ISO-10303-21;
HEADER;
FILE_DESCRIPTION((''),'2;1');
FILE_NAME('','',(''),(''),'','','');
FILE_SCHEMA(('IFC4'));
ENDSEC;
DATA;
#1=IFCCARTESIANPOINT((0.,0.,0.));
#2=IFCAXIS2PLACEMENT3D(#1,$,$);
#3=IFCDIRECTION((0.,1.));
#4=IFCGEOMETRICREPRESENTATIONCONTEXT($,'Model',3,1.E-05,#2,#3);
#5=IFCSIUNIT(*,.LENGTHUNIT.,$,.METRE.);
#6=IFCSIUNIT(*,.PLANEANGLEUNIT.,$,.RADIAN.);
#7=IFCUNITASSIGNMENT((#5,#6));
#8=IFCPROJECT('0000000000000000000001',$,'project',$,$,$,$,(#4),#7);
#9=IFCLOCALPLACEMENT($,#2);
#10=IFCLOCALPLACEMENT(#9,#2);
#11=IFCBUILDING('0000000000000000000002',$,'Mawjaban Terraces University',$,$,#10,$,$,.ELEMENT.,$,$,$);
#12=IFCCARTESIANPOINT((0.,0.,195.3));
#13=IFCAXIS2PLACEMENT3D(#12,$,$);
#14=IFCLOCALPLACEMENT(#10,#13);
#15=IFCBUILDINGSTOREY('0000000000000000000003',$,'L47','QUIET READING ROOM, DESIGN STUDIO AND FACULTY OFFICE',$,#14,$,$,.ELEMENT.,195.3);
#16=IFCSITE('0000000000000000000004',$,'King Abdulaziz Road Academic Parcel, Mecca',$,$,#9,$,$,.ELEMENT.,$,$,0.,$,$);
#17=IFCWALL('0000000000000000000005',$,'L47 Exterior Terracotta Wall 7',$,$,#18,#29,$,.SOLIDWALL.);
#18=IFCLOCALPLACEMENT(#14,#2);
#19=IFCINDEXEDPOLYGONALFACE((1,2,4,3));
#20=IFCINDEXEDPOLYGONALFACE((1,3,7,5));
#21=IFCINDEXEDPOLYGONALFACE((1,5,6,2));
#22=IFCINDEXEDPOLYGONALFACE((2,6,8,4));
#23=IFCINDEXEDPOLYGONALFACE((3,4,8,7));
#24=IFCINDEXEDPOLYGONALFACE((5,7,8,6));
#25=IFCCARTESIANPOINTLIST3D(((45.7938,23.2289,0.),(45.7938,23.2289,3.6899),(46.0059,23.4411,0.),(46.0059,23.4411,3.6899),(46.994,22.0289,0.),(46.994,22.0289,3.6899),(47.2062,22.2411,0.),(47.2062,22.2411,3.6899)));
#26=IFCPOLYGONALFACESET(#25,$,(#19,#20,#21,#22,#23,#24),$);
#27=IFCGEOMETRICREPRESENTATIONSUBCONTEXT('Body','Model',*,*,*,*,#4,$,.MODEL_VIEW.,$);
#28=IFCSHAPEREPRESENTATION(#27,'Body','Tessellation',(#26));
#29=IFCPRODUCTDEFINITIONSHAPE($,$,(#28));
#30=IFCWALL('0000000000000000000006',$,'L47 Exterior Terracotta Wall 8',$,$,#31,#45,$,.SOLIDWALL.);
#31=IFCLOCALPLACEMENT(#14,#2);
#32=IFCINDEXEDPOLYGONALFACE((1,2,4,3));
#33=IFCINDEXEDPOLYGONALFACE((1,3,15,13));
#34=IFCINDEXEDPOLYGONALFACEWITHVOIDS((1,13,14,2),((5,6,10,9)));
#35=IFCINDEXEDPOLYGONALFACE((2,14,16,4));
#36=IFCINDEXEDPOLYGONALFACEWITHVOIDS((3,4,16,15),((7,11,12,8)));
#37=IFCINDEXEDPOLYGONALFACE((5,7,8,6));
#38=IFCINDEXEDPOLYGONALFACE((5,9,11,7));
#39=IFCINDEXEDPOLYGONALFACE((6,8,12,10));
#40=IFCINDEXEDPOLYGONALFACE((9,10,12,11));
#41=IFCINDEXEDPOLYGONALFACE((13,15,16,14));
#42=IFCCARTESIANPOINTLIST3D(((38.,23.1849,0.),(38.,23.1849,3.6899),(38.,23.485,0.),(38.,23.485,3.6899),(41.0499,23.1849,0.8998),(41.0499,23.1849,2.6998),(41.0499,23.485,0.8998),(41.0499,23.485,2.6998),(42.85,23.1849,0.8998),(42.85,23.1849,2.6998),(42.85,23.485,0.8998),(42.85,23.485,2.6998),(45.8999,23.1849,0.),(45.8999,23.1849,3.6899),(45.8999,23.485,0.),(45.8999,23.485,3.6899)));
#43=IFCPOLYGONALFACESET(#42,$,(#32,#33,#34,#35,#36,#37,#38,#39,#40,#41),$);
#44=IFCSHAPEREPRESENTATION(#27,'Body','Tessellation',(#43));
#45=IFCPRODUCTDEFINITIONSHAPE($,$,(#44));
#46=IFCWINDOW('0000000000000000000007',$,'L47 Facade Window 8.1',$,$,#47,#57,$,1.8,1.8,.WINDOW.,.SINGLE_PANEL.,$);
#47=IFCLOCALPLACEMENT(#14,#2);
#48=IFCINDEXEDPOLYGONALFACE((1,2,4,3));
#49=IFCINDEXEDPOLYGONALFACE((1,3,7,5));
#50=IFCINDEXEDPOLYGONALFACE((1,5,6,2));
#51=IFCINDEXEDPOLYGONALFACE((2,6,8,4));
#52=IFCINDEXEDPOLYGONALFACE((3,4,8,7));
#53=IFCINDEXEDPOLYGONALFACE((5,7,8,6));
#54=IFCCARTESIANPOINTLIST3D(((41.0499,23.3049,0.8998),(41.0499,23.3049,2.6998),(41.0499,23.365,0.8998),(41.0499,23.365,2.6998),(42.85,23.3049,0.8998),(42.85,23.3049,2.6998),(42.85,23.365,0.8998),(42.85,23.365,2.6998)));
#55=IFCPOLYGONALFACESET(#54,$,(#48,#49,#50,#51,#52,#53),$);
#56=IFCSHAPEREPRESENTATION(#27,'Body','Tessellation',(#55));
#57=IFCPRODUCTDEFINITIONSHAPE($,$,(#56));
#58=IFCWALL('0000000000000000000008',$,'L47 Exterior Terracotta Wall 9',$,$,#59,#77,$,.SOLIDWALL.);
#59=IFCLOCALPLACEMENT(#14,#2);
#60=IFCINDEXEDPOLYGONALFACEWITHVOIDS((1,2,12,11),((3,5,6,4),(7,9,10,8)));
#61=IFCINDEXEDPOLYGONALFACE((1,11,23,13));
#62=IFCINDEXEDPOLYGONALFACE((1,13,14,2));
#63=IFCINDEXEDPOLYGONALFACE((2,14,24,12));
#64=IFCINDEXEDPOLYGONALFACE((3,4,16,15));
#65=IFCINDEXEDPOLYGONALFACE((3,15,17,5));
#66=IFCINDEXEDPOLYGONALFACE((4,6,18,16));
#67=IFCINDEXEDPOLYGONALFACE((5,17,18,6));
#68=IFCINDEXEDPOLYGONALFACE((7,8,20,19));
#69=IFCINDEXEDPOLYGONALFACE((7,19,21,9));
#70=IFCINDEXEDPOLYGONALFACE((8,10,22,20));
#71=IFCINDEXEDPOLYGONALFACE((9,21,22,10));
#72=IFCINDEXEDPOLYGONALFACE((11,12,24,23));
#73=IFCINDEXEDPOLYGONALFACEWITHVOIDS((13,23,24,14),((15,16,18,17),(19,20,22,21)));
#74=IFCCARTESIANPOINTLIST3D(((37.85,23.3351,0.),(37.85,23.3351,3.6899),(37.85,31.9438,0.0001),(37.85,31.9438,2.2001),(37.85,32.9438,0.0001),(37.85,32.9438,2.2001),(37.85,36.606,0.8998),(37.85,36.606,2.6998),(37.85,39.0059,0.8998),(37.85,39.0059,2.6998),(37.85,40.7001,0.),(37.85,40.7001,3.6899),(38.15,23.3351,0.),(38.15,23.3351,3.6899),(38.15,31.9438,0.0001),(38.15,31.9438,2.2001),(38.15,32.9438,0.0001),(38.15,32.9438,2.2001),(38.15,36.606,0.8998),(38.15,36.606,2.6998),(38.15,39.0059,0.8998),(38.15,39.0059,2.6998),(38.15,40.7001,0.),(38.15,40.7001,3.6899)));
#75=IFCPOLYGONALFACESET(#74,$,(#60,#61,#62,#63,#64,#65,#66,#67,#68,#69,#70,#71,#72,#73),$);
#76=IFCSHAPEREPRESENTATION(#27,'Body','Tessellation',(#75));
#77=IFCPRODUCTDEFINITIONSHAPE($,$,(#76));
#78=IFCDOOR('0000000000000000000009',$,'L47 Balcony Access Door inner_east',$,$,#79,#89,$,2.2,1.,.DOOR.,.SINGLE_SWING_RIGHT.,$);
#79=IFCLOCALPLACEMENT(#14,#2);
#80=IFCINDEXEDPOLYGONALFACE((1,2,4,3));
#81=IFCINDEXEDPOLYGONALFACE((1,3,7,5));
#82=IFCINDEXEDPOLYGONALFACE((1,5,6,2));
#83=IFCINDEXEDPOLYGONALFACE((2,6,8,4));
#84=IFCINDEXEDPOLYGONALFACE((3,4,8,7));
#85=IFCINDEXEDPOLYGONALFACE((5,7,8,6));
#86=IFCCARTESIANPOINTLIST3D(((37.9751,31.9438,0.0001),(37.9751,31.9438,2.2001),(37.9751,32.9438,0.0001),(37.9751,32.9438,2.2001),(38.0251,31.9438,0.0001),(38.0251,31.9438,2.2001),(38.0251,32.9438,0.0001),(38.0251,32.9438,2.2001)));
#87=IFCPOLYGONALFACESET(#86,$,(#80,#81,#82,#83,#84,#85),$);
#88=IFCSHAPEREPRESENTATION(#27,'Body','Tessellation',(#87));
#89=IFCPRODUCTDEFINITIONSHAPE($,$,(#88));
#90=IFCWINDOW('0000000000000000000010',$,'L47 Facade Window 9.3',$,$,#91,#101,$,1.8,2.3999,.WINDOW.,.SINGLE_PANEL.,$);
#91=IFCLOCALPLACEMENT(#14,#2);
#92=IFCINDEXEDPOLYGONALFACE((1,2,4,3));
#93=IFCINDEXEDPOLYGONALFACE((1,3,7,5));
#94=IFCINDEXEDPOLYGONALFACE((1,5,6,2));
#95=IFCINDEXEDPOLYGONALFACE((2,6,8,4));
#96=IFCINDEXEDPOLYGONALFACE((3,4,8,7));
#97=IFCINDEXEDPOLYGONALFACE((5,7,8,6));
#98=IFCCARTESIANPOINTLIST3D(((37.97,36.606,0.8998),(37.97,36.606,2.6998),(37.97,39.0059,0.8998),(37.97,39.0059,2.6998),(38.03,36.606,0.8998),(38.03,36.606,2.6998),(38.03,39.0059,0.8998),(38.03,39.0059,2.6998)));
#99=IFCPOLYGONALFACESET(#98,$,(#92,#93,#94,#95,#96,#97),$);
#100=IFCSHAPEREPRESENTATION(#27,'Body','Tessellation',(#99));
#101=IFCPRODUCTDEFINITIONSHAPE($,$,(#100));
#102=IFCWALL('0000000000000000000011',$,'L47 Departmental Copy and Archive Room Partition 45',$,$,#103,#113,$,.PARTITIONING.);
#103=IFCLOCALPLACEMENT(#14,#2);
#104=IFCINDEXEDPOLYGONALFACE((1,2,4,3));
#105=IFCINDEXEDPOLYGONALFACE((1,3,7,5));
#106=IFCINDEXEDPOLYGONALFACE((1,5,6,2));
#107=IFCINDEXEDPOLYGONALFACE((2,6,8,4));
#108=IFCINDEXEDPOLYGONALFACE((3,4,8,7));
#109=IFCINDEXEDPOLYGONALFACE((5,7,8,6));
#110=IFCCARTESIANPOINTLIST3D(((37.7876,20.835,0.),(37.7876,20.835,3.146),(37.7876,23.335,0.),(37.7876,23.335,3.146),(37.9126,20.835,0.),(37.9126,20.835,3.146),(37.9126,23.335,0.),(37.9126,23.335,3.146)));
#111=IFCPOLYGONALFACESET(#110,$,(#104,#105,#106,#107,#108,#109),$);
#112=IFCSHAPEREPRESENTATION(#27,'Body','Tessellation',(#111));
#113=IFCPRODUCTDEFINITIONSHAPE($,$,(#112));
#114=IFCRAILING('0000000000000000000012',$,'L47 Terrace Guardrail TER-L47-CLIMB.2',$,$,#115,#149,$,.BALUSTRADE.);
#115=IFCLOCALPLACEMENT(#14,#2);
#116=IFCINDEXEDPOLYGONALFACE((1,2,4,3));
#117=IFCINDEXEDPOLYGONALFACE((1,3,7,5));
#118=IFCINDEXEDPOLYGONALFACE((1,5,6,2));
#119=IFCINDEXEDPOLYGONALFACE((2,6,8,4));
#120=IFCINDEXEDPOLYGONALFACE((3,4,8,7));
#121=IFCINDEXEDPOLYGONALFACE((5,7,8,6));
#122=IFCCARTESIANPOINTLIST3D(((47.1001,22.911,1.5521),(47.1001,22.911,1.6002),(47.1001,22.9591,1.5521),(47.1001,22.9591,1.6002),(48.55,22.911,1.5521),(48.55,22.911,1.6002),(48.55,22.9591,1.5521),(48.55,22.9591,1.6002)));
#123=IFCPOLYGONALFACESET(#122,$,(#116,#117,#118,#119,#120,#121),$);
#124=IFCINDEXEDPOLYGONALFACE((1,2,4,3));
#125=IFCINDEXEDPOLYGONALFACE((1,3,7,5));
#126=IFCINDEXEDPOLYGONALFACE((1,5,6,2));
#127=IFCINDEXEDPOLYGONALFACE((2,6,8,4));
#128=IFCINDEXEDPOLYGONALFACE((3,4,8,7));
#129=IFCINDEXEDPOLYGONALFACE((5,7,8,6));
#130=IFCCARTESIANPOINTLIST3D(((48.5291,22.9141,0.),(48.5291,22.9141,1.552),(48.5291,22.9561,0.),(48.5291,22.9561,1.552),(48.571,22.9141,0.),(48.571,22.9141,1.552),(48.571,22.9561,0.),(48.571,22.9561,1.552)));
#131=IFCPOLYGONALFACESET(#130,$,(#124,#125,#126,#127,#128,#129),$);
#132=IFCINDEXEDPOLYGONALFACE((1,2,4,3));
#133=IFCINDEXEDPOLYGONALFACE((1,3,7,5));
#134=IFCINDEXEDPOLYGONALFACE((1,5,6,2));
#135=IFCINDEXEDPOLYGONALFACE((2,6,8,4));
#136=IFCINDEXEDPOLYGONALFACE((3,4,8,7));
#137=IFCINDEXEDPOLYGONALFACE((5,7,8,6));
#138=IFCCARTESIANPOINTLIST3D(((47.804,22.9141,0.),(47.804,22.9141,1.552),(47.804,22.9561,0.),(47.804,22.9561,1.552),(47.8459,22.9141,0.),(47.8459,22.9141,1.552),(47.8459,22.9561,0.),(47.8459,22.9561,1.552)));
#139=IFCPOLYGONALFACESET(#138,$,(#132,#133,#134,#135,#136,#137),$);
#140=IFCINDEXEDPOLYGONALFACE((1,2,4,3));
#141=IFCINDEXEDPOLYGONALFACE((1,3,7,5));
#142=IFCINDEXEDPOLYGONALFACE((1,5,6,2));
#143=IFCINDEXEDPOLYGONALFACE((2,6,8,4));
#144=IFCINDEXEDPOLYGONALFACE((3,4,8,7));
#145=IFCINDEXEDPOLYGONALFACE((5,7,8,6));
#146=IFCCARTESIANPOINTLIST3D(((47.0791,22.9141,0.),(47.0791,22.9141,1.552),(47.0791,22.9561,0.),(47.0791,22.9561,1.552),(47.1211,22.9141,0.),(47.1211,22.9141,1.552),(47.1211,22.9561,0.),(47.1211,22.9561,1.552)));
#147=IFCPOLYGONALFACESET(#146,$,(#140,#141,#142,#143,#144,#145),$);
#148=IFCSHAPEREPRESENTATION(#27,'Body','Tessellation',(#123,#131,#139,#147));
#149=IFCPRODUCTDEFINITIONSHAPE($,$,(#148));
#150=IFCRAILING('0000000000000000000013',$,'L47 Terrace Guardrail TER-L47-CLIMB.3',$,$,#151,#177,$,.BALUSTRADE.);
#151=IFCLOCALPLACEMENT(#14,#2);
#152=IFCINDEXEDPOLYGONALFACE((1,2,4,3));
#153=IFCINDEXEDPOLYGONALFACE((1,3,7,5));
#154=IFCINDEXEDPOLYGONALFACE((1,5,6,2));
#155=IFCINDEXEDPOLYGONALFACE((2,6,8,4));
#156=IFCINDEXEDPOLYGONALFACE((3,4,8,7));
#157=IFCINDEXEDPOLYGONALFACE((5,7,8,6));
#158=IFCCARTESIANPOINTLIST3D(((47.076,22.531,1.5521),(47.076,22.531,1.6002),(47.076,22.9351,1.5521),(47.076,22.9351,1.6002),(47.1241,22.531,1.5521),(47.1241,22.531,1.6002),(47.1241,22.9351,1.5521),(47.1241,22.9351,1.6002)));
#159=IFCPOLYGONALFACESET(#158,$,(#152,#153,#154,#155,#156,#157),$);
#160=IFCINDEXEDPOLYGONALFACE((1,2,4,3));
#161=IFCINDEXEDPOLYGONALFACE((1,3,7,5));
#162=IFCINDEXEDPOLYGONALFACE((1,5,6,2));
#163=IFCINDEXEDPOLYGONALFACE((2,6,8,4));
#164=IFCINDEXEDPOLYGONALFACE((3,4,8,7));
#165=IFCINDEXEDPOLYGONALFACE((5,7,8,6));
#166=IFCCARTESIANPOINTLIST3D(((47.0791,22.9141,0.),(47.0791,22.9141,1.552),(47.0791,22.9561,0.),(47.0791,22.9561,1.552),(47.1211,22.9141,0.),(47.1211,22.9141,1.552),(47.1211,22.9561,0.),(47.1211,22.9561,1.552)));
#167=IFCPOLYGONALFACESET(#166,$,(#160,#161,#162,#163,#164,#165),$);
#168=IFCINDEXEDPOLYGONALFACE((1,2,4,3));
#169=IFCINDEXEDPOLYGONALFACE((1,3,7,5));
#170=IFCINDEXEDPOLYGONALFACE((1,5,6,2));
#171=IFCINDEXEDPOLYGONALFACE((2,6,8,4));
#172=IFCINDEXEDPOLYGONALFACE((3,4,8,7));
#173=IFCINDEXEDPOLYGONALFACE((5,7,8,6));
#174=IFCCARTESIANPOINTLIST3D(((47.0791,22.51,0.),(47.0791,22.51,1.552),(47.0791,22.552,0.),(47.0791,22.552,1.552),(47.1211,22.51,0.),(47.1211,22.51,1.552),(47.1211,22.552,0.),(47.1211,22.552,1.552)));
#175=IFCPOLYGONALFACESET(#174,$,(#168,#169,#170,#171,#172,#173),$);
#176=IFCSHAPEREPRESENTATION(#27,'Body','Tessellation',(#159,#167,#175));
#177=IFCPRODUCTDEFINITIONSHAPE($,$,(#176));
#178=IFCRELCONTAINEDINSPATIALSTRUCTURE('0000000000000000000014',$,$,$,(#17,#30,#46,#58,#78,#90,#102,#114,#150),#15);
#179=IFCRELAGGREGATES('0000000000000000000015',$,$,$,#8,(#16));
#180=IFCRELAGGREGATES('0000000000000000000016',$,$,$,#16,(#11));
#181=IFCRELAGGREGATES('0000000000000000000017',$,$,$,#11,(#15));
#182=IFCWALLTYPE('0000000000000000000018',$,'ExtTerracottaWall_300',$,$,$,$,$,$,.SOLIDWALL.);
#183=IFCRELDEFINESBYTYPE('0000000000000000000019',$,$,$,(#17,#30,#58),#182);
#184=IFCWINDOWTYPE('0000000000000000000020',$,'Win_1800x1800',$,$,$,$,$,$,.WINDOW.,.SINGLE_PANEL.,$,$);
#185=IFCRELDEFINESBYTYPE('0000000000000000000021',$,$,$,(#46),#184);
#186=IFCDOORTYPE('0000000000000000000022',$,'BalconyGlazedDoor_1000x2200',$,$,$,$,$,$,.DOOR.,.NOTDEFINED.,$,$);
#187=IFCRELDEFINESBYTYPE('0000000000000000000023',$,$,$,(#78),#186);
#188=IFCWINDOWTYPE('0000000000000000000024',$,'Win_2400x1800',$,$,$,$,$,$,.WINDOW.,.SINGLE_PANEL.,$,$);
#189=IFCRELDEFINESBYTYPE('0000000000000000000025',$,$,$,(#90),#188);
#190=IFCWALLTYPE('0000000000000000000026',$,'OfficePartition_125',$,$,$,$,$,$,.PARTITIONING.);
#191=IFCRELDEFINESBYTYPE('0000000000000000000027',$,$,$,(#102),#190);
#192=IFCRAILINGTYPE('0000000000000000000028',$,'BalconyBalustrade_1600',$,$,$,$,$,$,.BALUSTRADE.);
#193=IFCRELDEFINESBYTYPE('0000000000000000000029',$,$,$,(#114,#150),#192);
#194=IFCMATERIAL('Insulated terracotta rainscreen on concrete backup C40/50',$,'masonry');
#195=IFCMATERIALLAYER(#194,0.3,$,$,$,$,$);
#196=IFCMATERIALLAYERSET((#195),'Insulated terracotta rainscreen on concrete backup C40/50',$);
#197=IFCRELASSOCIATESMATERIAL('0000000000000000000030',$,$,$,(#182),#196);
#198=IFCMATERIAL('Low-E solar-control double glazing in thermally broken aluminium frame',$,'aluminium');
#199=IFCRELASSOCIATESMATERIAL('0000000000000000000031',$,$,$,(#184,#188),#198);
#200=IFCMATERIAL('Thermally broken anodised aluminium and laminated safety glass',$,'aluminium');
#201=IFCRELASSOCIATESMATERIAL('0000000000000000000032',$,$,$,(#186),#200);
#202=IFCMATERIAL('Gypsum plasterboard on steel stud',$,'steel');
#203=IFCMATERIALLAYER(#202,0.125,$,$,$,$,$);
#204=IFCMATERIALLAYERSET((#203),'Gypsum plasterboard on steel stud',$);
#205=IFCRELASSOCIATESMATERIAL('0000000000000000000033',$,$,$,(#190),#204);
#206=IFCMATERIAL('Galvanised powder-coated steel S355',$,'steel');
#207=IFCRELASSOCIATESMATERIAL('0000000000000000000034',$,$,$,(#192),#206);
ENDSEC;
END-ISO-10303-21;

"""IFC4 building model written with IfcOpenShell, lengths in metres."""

from ifc_helpers import new_model, si_unit, direction, frame, frame_2d, origin, origin_2d, place, context, subcontext, project, spatial, rectangle, extrude, material, layer, layer_set, type_object, element, fill, save


model = new_model("IFC4")

# Units and contexts
model_context = context("Model", 3, precision=1e-05, world=origin(), true_north=direction((0.0, 1.0)))
body_context = subcontext(model_context, "Body", "Model", "MODEL_VIEW")
ifc_project = project(units=[si_unit("LENGTHUNIT", "METRE"), si_unit("PLANEANGLEUNIT", "RADIAN")], contexts=[model_context])

# Site, building, storey
site_placement = place(None, origin())
site = spatial("IfcSite", under=ifc_project, at=site_placement, Name="King Abdulaziz Road Academic Parcel, Mecca", CompositionType="ELEMENT", RefElevation=0.0)
building_placement = place(site_placement, origin())
building = spatial("IfcBuilding", under=site, at=building_placement, Name="Mawjaban Terraces University", CompositionType="ELEMENT")
storey_placement = place(building_placement, frame((0.0, 0.0, 195.3)))
storey = spatial("IfcBuildingStorey", under=building, at=storey_placement, Name="L47", Description="QUIET READING ROOM, DESIGN STUDIO AND FACULTY OFFICE", CompositionType="ELEMENT", Elevation=195.3)

# Wall
ifc_material_1 = material(Name="Insulated terracotta rainscreen on concrete backup C40/50", Category="masonry")
ifc_layer_1 = layer(ifc_material_1, 0.3)
ifc_layer_set_1 = layer_set([ifc_layer_1], Name="Insulated terracotta rainscreen on concrete backup C40/50")
wall_type_1 = type_object("IfcWallType", Name="ExtTerracottaWall_300", PredefinedType="SOLIDWALL", material=ifc_layer_set_1)
wall_1_placement = place(storey_placement, frame((47.1001, 22.135, 0.0), z_axis=(0.0, 0.0, 1.0), x_axis=(-0.707179, 0.707035, 0.0)))
element("IfcWall", 1, at=wall_1_placement, inside=storey, type_object=wall_type_1, Name="L47 Exterior Terracotta Wall 7", PredefinedType="SOLIDWALL", context=body_context, shape_type="SweptSolid", body=[
    extrude(rectangle(XDim=1.6973, YDim=0.3, at=frame_2d((0.8486, 0.0))), origin(), (0.0, 0.0, 1.0), 3.6899),
])

# Wall, opening, window
wall_2_placement = place(storey_placement, frame((45.8999, 23.335, 0.0), z_axis=(0.0, 0.0, 1.0), x_axis=(-1.0, 0.0, 0.0)))
wall_2 = element("IfcWall", 2, at=wall_2_placement, inside=storey, type_object=wall_type_1, Name="L47 Exterior Terracotta Wall 8", PredefinedType="SOLIDWALL", context=body_context, shape_type="SweptSolid", body=[
    extrude(rectangle(XDim=7.8999, YDim=0.3, at=frame_2d((3.95, 0.0))), origin(), (0.0, 0.0, 1.0), 3.6899),
])
opening_1_placement = place(wall_2_placement, frame((3.05, 0.0, 0.8999)))
opening_1 = element("IfcOpeningElement", 3, at=opening_1_placement, cuts=wall_2, PredefinedType="OPENING", context=body_context, shape_type="SweptSolid", body=[
    extrude(rectangle(XDim=1.8, YDim=1.8, at=frame_2d((0.8999, 0.8999))), frame((0.0, 0.1599, 0.0), z_axis=(0.0, -1.0, 0.0), x_axis=(1.0, 0.0, 0.0)), (0.0, 0.0, 1.0), 0.3201),
])
ifc_material_2 = material(Name="Low-E solar-control double glazing in thermally broken aluminium frame", Category="aluminium")
window_type_1 = type_object("IfcWindowType", Name="Win_1800x1800", PartitioningType="SINGLE_PANEL", PredefinedType="WINDOW", material=ifc_material_2)
window_1_placement = place(opening_1_placement, origin())
window_1 = element("IfcWindow", 4, at=window_1_placement, inside=storey, type_object=window_type_1, Name="L47 Facade Window 8.1", OverallHeight=1.8, OverallWidth=1.8, PartitioningType="SINGLE_PANEL", PredefinedType="WINDOW", context=body_context, shape_type="SweptSolid", body=[
    extrude(rectangle(XDim=1.8, YDim=1.8, at=frame_2d((0.8999, 0.8999))), frame((0.0, 0.03, 0.0), z_axis=(0.0, -1.0, 0.0), x_axis=(1.0, 0.0, 0.0)), (0.0, 0.0, 1.0), 0.0601),
])
fill(opening_1, window_1)

# Wall, openings, door, window
wall_3_placement = place(storey_placement, frame((38.0, 23.335, 0.0), z_axis=(0.0, 0.0, 1.0), x_axis=(0.0, 1.0, 0.0)))
wall_3 = element("IfcWall", 5, at=wall_3_placement, inside=storey, type_object=wall_type_1, Name="L47 Exterior Terracotta Wall 9", PredefinedType="SOLIDWALL", context=body_context, shape_type="SweptSolid", body=[
    extrude(rectangle(XDim=17.365, YDim=0.3, at=frame_2d((8.6826, 0.0))), origin(), (0.0, 0.0, 1.0), 3.6899),
])
opening_2_placement = place(wall_3_placement, frame((8.6089, 0.0, 0.0)))
opening_2 = element("IfcOpeningElement", 6, at=opening_2_placement, cuts=wall_3, PredefinedType="OPENING", context=body_context, shape_type="SweptSolid", body=[
    extrude(rectangle(XDim=1.0, YDim=2.2, at=frame_2d((0.5, 1.1001))), frame((0.0, 0.1599, 0.0), z_axis=(0.0, -1.0, 0.0), x_axis=(1.0, 0.0, 0.0)), (0.0, 0.0, 1.0), 0.3201),
])
opening_3_placement = place(wall_3_placement, frame((13.271, 0.0, 0.8999)))
opening_3 = element("IfcOpeningElement", 7, at=opening_3_placement, cuts=wall_3, PredefinedType="OPENING", context=body_context, shape_type="SweptSolid", body=[
    extrude(rectangle(XDim=2.3999, YDim=1.8, at=frame_2d((1.2, 0.8999))), frame((0.0, 0.1599, 0.0), z_axis=(0.0, -1.0, 0.0), x_axis=(1.0, 0.0, 0.0)), (0.0, 0.0, 1.0), 0.3201),
])
ifc_material_3 = material(Name="Thermally broken anodised aluminium and laminated safety glass", Category="aluminium")
door_type_1 = type_object("IfcDoorType", Name="BalconyGlazedDoor_1000x2200", OperationType="NOTDEFINED", PredefinedType="DOOR", material=ifc_material_3)
door_1_placement = place(opening_2_placement, origin())
door_1 = element("IfcDoor", 8, at=door_1_placement, inside=storey, type_object=door_type_1, Name="L47 Balcony Access Door inner_east", OperationType="SINGLE_SWING_RIGHT", OverallHeight=2.2, OverallWidth=1.0, PredefinedType="DOOR", context=body_context, shape_type="SweptSolid", body=[
    extrude(rectangle(XDim=1.0, YDim=2.2, at=frame_2d((0.5, 1.1001))), frame((0.0, 0.0249, 0.0), z_axis=(0.0, -1.0, 0.0), x_axis=(1.0, 0.0, 0.0)), (0.0, 0.0, 1.0), 0.05),
])
fill(opening_2, door_1)
window_type_2 = type_object("IfcWindowType", Name="Win_2400x1800", PartitioningType="SINGLE_PANEL", PredefinedType="WINDOW", material=ifc_material_2)
window_2_placement = place(opening_3_placement, origin())
window_2 = element("IfcWindow", 9, at=window_2_placement, inside=storey, type_object=window_type_2, Name="L47 Facade Window 9.3", OverallHeight=1.8, OverallWidth=2.3999, PartitioningType="SINGLE_PANEL", PredefinedType="WINDOW", context=body_context, shape_type="SweptSolid", body=[
    extrude(rectangle(XDim=2.3999, YDim=1.8, at=frame_2d((1.2, 0.8999))), frame((0.0, 0.03, 0.0), z_axis=(0.0, -1.0, 0.0), x_axis=(1.0, 0.0, 0.0)), (0.0, 0.0, 1.0), 0.0601),
])
fill(opening_3, window_2)

# Wall
ifc_material_4 = material(Name="Gypsum plasterboard on steel stud", Category="steel")
ifc_layer_2 = layer(ifc_material_4, 0.125)
ifc_layer_set_2 = layer_set([ifc_layer_2], Name="Gypsum plasterboard on steel stud")
wall_type_2 = type_object("IfcWallType", Name="OfficePartition_125", PredefinedType="PARTITIONING", material=ifc_layer_set_2)
wall_4_placement = place(storey_placement, frame((37.8501, 20.835, 0.0), z_axis=(0.0, 0.0, 1.0), x_axis=(0.0, 1.0, 0.0)))
element("IfcWall", 10, at=wall_4_placement, inside=storey, type_object=wall_type_2, Name="L47 Departmental Copy and Archive Room Partition 45", PredefinedType="PARTITIONING", context=body_context, shape_type="SweptSolid", body=[
    extrude(rectangle(XDim=2.5, YDim=0.125, at=frame_2d((1.25, 0.0))), origin(), (0.0, 0.0, 1.0), 3.146),
])

# Railings
ifc_material_5 = material(Name="Galvanised powder-coated steel S355", Category="steel")
railing_type = type_object("IfcRailingType", Name="BalconyBalustrade_1600", PredefinedType="BALUSTRADE", material=ifc_material_5)
railing_1_placement = place(storey_placement, frame((48.55, 22.9351, 0.0)))
element("IfcRailing", 11, at=railing_1_placement, inside=storey, type_object=railing_type, Name="L47 Terrace Guardrail TER-L47-CLIMB.2", PredefinedType="BALUSTRADE", context=body_context, shape_type="SweptSolid", body=[
    extrude(rectangle(XDim=0.0481, YDim=0.0481, at=origin_2d()), frame((0.0, 0.0, 1.5762), z_axis=(-1.0, 0.0, 0.0), x_axis=(0.0, -1.0, 0.0)), (0.0, 0.0, 1.0), 1.45),
    extrude(rectangle(XDim=0.042, YDim=0.042, at=origin_2d()), origin(), (0.0, 0.0, 1.0), 1.552),
    extrude(rectangle(XDim=0.042, YDim=0.042, at=origin_2d()), frame((-0.7251, 0.0, 0.0)), (0.0, 0.0, 1.0), 1.552),
    extrude(rectangle(XDim=0.042, YDim=0.042, at=origin_2d()), frame((-1.45, 0.0, 0.0)), (0.0, 0.0, 1.0), 1.552),
])
railing_2_placement = place(storey_placement, frame((47.1001, 22.9351, 0.0)))
element("IfcRailing", 12, at=railing_2_placement, inside=storey, type_object=railing_type, Name="L47 Terrace Guardrail TER-L47-CLIMB.3", PredefinedType="BALUSTRADE", context=body_context, shape_type="SweptSolid", body=[
    extrude(rectangle(XDim=0.0481, YDim=0.0481, at=origin_2d()), frame((0.0, 0.0, 1.5762), z_axis=(0.0, -1.0, 0.0), x_axis=(1.0, 0.0, 0.0)), (0.0, 0.0, 1.0), 0.4041),
    extrude(rectangle(XDim=0.042, YDim=0.042, at=origin_2d()), origin(), (0.0, 0.0, 1.0), 1.552),
    extrude(rectangle(XDim=0.042, YDim=0.042, at=origin_2d()), frame((0.0, -0.4041, 0.0)), (0.0, 0.0, 1.0), 1.552),
])

save(model, "model.ifc")
